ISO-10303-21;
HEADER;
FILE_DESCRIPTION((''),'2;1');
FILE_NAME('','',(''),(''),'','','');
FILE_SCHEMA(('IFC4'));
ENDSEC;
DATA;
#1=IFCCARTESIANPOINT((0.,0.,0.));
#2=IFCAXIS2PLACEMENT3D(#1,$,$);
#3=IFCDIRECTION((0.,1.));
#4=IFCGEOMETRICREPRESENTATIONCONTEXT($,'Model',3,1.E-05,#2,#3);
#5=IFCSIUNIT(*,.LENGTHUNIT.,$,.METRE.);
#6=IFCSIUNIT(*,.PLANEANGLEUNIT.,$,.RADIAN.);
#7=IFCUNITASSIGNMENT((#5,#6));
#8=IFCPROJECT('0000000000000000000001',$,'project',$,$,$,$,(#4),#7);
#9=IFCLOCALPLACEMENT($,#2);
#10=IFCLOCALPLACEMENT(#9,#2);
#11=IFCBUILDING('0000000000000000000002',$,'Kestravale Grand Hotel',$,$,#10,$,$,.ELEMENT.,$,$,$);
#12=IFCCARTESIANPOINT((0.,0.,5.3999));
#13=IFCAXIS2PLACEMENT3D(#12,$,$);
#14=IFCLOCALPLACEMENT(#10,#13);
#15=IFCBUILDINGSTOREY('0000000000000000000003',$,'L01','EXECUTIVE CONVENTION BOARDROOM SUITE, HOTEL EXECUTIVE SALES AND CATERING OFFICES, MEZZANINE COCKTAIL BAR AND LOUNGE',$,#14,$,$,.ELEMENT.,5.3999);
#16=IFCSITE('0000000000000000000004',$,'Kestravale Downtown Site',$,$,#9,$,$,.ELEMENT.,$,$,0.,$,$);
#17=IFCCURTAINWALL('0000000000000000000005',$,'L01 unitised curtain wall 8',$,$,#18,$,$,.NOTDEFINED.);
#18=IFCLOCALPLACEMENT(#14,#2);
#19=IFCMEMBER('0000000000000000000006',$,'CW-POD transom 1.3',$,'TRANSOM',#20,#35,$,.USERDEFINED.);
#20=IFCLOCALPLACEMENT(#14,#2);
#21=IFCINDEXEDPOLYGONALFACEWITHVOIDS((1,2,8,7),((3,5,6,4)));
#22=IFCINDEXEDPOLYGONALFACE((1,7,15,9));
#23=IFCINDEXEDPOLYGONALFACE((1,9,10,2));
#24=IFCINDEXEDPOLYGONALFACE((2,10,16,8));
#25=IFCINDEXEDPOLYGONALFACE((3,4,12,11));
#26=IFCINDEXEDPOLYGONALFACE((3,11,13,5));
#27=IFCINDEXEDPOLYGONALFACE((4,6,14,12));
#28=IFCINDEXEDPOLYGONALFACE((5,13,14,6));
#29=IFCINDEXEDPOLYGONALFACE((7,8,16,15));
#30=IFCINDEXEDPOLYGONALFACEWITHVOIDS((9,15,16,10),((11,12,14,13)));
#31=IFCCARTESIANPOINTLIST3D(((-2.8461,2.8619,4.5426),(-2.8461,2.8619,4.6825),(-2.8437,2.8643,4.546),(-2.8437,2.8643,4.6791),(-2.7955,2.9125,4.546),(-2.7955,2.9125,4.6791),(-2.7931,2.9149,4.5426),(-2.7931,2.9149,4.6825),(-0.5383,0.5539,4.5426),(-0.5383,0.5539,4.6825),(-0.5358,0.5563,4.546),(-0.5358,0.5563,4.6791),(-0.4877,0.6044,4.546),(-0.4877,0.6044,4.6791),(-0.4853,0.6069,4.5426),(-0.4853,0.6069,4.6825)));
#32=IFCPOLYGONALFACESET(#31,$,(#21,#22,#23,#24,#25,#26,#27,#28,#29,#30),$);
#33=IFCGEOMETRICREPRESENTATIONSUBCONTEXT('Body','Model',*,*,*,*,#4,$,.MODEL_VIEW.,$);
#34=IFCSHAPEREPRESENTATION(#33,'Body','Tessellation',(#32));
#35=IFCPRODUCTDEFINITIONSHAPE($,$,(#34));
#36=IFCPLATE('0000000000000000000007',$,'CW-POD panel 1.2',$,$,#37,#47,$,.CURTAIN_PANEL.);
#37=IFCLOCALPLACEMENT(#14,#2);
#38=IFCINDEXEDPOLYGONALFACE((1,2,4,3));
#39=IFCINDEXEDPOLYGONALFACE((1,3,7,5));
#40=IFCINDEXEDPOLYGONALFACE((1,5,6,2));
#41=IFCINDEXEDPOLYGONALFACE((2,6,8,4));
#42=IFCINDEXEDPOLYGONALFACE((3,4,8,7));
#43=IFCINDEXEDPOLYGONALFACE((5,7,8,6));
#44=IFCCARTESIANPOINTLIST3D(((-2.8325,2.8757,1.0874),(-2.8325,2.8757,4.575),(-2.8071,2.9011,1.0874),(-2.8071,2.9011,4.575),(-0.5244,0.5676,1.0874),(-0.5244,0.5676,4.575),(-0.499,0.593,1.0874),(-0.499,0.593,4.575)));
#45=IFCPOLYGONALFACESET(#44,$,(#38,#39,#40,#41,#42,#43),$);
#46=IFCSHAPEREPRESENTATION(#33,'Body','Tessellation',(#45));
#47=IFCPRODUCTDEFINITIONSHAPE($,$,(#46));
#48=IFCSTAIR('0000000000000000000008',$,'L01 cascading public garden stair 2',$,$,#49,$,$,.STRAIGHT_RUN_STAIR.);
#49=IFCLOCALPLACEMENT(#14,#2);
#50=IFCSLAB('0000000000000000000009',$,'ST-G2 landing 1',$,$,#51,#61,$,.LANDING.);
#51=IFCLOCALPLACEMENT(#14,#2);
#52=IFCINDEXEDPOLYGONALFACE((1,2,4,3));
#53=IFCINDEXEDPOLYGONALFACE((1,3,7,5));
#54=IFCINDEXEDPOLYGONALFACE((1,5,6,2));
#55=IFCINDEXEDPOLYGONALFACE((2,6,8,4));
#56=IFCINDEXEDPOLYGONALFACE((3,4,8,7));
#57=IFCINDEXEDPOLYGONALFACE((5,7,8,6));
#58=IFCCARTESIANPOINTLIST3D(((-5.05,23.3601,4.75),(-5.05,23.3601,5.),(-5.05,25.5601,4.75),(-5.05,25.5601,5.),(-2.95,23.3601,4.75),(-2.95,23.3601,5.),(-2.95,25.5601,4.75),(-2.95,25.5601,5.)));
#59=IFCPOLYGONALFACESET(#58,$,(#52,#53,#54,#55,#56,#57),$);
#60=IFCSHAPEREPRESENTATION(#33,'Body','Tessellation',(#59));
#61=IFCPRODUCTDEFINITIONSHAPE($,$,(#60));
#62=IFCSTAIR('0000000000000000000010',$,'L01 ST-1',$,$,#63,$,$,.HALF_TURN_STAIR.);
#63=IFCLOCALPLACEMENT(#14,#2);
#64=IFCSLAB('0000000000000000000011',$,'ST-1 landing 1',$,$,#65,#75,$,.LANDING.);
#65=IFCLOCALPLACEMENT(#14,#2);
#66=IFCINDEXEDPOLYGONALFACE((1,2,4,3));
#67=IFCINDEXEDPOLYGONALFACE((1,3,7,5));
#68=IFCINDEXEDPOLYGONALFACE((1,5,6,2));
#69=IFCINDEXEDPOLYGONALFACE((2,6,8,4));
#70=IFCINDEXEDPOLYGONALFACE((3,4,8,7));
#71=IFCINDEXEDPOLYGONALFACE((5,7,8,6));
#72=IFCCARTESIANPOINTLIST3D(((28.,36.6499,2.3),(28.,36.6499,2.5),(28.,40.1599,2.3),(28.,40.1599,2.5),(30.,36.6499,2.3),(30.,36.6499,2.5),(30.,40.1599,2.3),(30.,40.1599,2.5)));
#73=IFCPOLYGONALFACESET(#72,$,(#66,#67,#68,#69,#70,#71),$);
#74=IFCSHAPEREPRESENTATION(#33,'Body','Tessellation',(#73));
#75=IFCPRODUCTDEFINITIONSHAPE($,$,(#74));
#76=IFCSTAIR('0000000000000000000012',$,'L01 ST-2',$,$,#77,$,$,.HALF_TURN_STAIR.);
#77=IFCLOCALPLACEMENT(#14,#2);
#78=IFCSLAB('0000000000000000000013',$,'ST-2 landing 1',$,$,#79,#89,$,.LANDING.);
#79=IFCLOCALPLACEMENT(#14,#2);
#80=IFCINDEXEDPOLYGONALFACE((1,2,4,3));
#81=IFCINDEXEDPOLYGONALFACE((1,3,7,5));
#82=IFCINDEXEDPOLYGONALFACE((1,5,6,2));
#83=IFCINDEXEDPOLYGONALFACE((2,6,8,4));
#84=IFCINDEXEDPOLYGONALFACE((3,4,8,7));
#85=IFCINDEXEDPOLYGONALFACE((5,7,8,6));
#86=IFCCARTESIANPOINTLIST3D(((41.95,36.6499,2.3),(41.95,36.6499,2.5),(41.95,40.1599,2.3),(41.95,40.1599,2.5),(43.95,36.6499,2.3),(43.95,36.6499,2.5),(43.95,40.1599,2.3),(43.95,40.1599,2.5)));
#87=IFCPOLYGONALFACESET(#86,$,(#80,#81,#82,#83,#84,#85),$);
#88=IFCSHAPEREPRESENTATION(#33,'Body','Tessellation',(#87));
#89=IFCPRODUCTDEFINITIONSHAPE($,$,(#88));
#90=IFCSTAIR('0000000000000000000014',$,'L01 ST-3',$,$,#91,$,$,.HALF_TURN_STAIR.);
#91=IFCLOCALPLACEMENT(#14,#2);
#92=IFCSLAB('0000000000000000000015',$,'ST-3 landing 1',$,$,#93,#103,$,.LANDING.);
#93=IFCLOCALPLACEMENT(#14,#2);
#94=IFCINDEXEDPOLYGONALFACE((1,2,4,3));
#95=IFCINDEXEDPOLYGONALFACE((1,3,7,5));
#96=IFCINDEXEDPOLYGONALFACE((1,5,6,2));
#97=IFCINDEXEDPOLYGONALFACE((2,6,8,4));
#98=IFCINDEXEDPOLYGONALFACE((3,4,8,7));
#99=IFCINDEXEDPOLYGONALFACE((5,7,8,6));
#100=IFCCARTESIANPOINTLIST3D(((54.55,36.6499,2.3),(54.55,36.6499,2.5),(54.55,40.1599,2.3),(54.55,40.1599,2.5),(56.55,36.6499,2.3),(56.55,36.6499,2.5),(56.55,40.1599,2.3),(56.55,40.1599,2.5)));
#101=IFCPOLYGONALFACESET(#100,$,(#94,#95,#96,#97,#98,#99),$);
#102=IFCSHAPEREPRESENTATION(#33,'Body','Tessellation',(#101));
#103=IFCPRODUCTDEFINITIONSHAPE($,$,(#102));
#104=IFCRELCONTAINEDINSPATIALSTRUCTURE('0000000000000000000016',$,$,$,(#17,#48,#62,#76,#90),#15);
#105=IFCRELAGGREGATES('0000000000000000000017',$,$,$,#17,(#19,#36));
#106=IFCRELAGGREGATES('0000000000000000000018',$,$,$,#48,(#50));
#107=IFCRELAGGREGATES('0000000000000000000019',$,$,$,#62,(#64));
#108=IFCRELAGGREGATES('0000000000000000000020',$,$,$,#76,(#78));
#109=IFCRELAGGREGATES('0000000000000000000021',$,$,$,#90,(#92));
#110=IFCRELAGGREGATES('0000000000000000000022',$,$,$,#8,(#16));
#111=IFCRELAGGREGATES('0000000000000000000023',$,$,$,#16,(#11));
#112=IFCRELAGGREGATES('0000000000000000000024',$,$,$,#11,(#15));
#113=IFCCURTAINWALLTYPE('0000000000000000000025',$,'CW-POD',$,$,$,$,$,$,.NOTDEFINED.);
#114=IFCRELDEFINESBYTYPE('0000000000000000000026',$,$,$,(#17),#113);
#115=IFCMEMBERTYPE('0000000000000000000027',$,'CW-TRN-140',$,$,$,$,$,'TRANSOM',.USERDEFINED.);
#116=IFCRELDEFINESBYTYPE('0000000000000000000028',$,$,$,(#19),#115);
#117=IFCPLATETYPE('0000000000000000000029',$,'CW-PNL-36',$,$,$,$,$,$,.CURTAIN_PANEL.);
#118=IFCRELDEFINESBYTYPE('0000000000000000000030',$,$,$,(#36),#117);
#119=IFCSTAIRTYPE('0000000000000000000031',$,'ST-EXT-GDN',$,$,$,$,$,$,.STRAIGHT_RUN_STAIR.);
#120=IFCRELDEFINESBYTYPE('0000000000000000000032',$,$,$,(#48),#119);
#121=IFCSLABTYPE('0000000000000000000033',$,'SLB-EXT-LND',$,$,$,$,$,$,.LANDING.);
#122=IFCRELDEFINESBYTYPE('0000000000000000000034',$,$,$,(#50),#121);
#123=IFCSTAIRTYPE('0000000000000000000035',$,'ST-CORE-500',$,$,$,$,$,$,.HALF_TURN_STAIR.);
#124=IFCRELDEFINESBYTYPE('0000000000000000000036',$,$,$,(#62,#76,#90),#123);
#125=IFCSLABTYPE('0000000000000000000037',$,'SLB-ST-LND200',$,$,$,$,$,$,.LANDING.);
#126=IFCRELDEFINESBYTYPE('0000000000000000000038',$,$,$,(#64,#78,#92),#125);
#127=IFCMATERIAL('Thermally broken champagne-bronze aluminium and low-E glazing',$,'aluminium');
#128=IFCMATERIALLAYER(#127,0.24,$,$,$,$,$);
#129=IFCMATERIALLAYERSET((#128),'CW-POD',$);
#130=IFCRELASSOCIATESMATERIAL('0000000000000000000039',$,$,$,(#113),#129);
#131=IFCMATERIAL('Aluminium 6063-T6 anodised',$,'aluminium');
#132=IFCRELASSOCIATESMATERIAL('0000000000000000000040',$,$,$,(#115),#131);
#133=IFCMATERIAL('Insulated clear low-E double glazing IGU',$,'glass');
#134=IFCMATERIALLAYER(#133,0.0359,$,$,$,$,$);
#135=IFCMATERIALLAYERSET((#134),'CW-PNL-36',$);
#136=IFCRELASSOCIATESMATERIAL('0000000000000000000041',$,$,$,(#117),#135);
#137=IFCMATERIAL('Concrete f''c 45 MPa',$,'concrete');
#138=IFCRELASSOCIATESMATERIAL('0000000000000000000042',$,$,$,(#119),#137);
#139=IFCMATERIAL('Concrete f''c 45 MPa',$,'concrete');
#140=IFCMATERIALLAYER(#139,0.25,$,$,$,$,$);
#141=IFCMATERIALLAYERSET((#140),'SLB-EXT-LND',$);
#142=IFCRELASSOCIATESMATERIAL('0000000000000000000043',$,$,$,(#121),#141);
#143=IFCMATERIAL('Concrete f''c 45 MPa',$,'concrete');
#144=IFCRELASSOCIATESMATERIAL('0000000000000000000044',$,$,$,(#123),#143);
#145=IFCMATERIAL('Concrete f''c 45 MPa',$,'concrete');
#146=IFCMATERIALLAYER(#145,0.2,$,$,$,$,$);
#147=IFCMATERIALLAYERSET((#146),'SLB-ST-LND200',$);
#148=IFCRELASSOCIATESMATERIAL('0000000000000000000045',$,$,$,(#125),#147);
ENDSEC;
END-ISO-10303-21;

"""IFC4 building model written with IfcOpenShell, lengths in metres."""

from ifc_helpers import new_model, si_unit, direction, frame, origin, origin_2d, place, context, subcontext, project, spatial, polyline, rectangle, hollow_rectangle, outline, extrude, material, layer, layer_set, material_profile, profile_set, type_object, element, aggregate, save


model = new_model("IFC4")

# Units and contexts
model_context = context("Model", 3, precision=1e-05, world=origin(), true_north=direction((0.0, 1.0)))
body_context = subcontext(model_context, "Body", "Model", "MODEL_VIEW")
ifc_project = project(units=[si_unit("LENGTHUNIT", "METRE"), si_unit("PLANEANGLEUNIT", "RADIAN")], contexts=[model_context])

# Site, building, storey
site_placement = place(None, origin())
site = spatial("IfcSite", under=ifc_project, at=site_placement, Name="Kestravale Downtown Site", CompositionType="ELEMENT", RefElevation=0.0)
building_placement = place(site_placement, origin())
building = spatial("IfcBuilding", under=site, at=building_placement, Name="Kestravale Grand Hotel", CompositionType="ELEMENT")
storey_placement = place(building_placement, frame((0.0, 0.0, 5.3999)))
storey = spatial("IfcBuildingStorey", under=building, at=storey_placement, Name="L01", Description="EXECUTIVE CONVENTION BOARDROOM SUITE, HOTEL EXECUTIVE SALES AND CATERING OFFICES, MEZZANINE COCKTAIL BAR AND LOUNGE", CompositionType="ELEMENT", Elevation=5.3999)

# Curtain wall, member, plate
ifc_material_1 = material(Name="Thermally broken champagne-bronze aluminium and low-E glazing", Category="aluminium")
ifc_layer_1 = layer(ifc_material_1, 0.24)
ifc_layer_set_1 = layer_set([ifc_layer_1], Name="CW-POD")
curtain_wall_type = type_object("IfcCurtainWallType", Name="CW-POD", PredefinedType="NOTDEFINED", material=ifc_layer_set_1)
curtain_wall_placement = place(storey_placement, origin())
curtain_wall = element("IfcCurtainWall", 1, at=curtain_wall_placement, inside=storey, type_object=curtain_wall_type, Name="L01 unitised curtain wall 8", PredefinedType="NOTDEFINED")
ifc_material_2 = material(Name="Aluminium 6063-T6 anodised", Category="aluminium")
ifc_material_profile = material_profile(ifc_material_2, hollow_rectangle(XDim=0.075, YDim=0.1399, WallThickness=0.0034, at=origin_2d()))
ifc_profile_set = profile_set([ifc_material_profile], Name="Aluminium 6063-T6 anodised")
member_type = type_object("IfcMemberType", Name="CW-TRN-140", ElementType="TRANSOM", PredefinedType="USERDEFINED", material=ifc_profile_set)
member_placement = place(storey_placement, frame((-2.8196, 2.8884, 4.6125), z_axis=(0.707069, -0.707144, 0.0), x_axis=(0.707144, 0.707069, 0.0)))
member = element("IfcMember", 2, at=member_placement, type_object=member_type, Name="CW-POD transom 1.3", ObjectType="TRANSOM", PredefinedType="USERDEFINED", context=body_context, shape_type="SweptSolid", body=[
    extrude(hollow_rectangle(XDim=0.075, YDim=0.1399, WallThickness=0.0034, at=origin_2d()), origin(), (0.0, 0.0, 1.0), 3.2639),
])
ifc_material_3 = material(Name="Insulated clear low-E double glazing IGU", Category="glass")
ifc_layer_2 = layer(ifc_material_3, 0.0359)
ifc_layer_set_2 = layer_set([ifc_layer_2], Name="CW-PNL-36")
plate_type = type_object("IfcPlateType", Name="CW-PNL-36", PredefinedType="CURTAIN_PANEL", material=ifc_layer_set_2)
plate_placement = place(storey_placement, frame((-1.6658, 1.7344, 1.0874), z_axis=(0.0, 0.0, 1.0), x_axis=(0.707107, -0.707107, 0.0)))
plate = element("IfcPlate", 3, at=plate_placement, type_object=plate_type, Name="CW-POD panel 1.2", PredefinedType="CURTAIN_PANEL", context=body_context, shape_type="SweptSolid", body=[
    extrude(rectangle(XDim=3.2642, YDim=0.0359, at=origin_2d()), origin(), (0.0, 0.0, 1.0), 3.4875),
])
aggregate(curtain_wall, [member, plate])

# Stairs, slabs
ifc_material_4 = material(Name="Concrete f'c 45 MPa", Category="concrete")
stair_type_1 = type_object("IfcStairType", Name="ST-EXT-GDN", PredefinedType="STRAIGHT_RUN_STAIR", material=ifc_material_4)
stair_1_placement = place(storey_placement, origin())
stair_1 = element("IfcStair", 4, at=stair_1_placement, inside=storey, type_object=stair_type_1, Name="L01 cascading public garden stair 2", PredefinedType="STRAIGHT_RUN_STAIR")
ifc_material_5 = material(Name="Concrete f'c 45 MPa", Category="concrete")
ifc_layer_3 = layer(ifc_material_5, 0.25)
ifc_layer_set_3 = layer_set([ifc_layer_3], Name="SLB-EXT-LND")
slab_type_1 = type_object("IfcSlabType", Name="SLB-EXT-LND", PredefinedType="LANDING", material=ifc_layer_set_3)
slab_1_placement = place(storey_placement, frame((0.0, 0.0, 4.75)))
slab_1 = element("IfcSlab", 5, at=slab_1_placement, type_object=slab_type_1, Name="ST-G2 landing 1", PredefinedType="LANDING", context=body_context, shape_type="SweptSolid", body=[
    extrude(outline(polyline([(-5.05, 23.3601), (-2.95, 23.3601), (-2.95, 25.5601), (-5.05, 25.5601), (-5.05, 23.3601)])), origin(), (0.0, 0.0, 1.0), 0.25),
])
aggregate(stair_1, [slab_1])
ifc_material_6 = material(Name="Concrete f'c 45 MPa", Category="concrete")
stair_type_2 = type_object("IfcStairType", Name="ST-CORE-500", PredefinedType="HALF_TURN_STAIR", material=ifc_material_6)
stair_2_placement = place(storey_placement, origin())
stair_2 = element("IfcStair", 6, at=stair_2_placement, inside=storey, type_object=stair_type_2, Name="L01 ST-1", PredefinedType="HALF_TURN_STAIR")
ifc_material_7 = material(Name="Concrete f'c 45 MPa", Category="concrete")
ifc_layer_4 = layer(ifc_material_7, 0.2)
ifc_layer_set_4 = layer_set([ifc_layer_4], Name="SLB-ST-LND200")
slab_type_2 = type_object("IfcSlabType", Name="SLB-ST-LND200", PredefinedType="LANDING", material=ifc_layer_set_4)
slab_2_placement = place(storey_placement, frame((0.0, 0.0, 2.3)))
slab_2 = element("IfcSlab", 7, at=slab_2_placement, type_object=slab_type_2, Name="ST-1 landing 1", PredefinedType="LANDING", context=body_context, shape_type="SweptSolid", body=[
    extrude(outline(polyline([(28.0, 36.6499), (30.0, 36.6499), (30.0, 40.1599), (28.0, 40.1599), (28.0, 36.6499)])), origin(), (0.0, 0.0, 1.0), 0.2),
])
aggregate(stair_2, [slab_2])
stair_3_placement = place(storey_placement, origin())
stair_3 = element("IfcStair", 8, at=stair_3_placement, inside=storey, type_object=stair_type_2, Name="L01 ST-2", PredefinedType="HALF_TURN_STAIR")
slab_3_placement = place(storey_placement, frame((0.0, 0.0, 2.3)))
slab_3 = element("IfcSlab", 9, at=slab_3_placement, type_object=slab_type_2, Name="ST-2 landing 1", PredefinedType="LANDING", context=body_context, shape_type="SweptSolid", body=[
    extrude(outline(polyline([(41.95, 36.6499), (43.95, 36.6499), (43.95, 40.1599), (41.95, 40.1599), (41.95, 36.6499)])), origin(), (0.0, 0.0, 1.0), 0.2),
])
aggregate(stair_3, [slab_3])
stair_4_placement = place(storey_placement, origin())
stair_4 = element("IfcStair", 10, at=stair_4_placement, inside=storey, type_object=stair_type_2, Name="L01 ST-3", PredefinedType="HALF_TURN_STAIR")
slab_4_placement = place(storey_placement, frame((0.0, 0.0, 2.3)))
slab_4 = element("IfcSlab", 11, at=slab_4_placement, type_object=slab_type_2, Name="ST-3 landing 1", PredefinedType="LANDING", context=body_context, shape_type="SweptSolid", body=[
    extrude(outline(polyline([(54.55, 36.6499), (56.55, 36.6499), (56.55, 40.1599), (54.55, 40.1599), (54.55, 36.6499)])), origin(), (0.0, 0.0, 1.0), 0.2),
])
aggregate(stair_4, [slab_4])

save(model, "model.ifc")
